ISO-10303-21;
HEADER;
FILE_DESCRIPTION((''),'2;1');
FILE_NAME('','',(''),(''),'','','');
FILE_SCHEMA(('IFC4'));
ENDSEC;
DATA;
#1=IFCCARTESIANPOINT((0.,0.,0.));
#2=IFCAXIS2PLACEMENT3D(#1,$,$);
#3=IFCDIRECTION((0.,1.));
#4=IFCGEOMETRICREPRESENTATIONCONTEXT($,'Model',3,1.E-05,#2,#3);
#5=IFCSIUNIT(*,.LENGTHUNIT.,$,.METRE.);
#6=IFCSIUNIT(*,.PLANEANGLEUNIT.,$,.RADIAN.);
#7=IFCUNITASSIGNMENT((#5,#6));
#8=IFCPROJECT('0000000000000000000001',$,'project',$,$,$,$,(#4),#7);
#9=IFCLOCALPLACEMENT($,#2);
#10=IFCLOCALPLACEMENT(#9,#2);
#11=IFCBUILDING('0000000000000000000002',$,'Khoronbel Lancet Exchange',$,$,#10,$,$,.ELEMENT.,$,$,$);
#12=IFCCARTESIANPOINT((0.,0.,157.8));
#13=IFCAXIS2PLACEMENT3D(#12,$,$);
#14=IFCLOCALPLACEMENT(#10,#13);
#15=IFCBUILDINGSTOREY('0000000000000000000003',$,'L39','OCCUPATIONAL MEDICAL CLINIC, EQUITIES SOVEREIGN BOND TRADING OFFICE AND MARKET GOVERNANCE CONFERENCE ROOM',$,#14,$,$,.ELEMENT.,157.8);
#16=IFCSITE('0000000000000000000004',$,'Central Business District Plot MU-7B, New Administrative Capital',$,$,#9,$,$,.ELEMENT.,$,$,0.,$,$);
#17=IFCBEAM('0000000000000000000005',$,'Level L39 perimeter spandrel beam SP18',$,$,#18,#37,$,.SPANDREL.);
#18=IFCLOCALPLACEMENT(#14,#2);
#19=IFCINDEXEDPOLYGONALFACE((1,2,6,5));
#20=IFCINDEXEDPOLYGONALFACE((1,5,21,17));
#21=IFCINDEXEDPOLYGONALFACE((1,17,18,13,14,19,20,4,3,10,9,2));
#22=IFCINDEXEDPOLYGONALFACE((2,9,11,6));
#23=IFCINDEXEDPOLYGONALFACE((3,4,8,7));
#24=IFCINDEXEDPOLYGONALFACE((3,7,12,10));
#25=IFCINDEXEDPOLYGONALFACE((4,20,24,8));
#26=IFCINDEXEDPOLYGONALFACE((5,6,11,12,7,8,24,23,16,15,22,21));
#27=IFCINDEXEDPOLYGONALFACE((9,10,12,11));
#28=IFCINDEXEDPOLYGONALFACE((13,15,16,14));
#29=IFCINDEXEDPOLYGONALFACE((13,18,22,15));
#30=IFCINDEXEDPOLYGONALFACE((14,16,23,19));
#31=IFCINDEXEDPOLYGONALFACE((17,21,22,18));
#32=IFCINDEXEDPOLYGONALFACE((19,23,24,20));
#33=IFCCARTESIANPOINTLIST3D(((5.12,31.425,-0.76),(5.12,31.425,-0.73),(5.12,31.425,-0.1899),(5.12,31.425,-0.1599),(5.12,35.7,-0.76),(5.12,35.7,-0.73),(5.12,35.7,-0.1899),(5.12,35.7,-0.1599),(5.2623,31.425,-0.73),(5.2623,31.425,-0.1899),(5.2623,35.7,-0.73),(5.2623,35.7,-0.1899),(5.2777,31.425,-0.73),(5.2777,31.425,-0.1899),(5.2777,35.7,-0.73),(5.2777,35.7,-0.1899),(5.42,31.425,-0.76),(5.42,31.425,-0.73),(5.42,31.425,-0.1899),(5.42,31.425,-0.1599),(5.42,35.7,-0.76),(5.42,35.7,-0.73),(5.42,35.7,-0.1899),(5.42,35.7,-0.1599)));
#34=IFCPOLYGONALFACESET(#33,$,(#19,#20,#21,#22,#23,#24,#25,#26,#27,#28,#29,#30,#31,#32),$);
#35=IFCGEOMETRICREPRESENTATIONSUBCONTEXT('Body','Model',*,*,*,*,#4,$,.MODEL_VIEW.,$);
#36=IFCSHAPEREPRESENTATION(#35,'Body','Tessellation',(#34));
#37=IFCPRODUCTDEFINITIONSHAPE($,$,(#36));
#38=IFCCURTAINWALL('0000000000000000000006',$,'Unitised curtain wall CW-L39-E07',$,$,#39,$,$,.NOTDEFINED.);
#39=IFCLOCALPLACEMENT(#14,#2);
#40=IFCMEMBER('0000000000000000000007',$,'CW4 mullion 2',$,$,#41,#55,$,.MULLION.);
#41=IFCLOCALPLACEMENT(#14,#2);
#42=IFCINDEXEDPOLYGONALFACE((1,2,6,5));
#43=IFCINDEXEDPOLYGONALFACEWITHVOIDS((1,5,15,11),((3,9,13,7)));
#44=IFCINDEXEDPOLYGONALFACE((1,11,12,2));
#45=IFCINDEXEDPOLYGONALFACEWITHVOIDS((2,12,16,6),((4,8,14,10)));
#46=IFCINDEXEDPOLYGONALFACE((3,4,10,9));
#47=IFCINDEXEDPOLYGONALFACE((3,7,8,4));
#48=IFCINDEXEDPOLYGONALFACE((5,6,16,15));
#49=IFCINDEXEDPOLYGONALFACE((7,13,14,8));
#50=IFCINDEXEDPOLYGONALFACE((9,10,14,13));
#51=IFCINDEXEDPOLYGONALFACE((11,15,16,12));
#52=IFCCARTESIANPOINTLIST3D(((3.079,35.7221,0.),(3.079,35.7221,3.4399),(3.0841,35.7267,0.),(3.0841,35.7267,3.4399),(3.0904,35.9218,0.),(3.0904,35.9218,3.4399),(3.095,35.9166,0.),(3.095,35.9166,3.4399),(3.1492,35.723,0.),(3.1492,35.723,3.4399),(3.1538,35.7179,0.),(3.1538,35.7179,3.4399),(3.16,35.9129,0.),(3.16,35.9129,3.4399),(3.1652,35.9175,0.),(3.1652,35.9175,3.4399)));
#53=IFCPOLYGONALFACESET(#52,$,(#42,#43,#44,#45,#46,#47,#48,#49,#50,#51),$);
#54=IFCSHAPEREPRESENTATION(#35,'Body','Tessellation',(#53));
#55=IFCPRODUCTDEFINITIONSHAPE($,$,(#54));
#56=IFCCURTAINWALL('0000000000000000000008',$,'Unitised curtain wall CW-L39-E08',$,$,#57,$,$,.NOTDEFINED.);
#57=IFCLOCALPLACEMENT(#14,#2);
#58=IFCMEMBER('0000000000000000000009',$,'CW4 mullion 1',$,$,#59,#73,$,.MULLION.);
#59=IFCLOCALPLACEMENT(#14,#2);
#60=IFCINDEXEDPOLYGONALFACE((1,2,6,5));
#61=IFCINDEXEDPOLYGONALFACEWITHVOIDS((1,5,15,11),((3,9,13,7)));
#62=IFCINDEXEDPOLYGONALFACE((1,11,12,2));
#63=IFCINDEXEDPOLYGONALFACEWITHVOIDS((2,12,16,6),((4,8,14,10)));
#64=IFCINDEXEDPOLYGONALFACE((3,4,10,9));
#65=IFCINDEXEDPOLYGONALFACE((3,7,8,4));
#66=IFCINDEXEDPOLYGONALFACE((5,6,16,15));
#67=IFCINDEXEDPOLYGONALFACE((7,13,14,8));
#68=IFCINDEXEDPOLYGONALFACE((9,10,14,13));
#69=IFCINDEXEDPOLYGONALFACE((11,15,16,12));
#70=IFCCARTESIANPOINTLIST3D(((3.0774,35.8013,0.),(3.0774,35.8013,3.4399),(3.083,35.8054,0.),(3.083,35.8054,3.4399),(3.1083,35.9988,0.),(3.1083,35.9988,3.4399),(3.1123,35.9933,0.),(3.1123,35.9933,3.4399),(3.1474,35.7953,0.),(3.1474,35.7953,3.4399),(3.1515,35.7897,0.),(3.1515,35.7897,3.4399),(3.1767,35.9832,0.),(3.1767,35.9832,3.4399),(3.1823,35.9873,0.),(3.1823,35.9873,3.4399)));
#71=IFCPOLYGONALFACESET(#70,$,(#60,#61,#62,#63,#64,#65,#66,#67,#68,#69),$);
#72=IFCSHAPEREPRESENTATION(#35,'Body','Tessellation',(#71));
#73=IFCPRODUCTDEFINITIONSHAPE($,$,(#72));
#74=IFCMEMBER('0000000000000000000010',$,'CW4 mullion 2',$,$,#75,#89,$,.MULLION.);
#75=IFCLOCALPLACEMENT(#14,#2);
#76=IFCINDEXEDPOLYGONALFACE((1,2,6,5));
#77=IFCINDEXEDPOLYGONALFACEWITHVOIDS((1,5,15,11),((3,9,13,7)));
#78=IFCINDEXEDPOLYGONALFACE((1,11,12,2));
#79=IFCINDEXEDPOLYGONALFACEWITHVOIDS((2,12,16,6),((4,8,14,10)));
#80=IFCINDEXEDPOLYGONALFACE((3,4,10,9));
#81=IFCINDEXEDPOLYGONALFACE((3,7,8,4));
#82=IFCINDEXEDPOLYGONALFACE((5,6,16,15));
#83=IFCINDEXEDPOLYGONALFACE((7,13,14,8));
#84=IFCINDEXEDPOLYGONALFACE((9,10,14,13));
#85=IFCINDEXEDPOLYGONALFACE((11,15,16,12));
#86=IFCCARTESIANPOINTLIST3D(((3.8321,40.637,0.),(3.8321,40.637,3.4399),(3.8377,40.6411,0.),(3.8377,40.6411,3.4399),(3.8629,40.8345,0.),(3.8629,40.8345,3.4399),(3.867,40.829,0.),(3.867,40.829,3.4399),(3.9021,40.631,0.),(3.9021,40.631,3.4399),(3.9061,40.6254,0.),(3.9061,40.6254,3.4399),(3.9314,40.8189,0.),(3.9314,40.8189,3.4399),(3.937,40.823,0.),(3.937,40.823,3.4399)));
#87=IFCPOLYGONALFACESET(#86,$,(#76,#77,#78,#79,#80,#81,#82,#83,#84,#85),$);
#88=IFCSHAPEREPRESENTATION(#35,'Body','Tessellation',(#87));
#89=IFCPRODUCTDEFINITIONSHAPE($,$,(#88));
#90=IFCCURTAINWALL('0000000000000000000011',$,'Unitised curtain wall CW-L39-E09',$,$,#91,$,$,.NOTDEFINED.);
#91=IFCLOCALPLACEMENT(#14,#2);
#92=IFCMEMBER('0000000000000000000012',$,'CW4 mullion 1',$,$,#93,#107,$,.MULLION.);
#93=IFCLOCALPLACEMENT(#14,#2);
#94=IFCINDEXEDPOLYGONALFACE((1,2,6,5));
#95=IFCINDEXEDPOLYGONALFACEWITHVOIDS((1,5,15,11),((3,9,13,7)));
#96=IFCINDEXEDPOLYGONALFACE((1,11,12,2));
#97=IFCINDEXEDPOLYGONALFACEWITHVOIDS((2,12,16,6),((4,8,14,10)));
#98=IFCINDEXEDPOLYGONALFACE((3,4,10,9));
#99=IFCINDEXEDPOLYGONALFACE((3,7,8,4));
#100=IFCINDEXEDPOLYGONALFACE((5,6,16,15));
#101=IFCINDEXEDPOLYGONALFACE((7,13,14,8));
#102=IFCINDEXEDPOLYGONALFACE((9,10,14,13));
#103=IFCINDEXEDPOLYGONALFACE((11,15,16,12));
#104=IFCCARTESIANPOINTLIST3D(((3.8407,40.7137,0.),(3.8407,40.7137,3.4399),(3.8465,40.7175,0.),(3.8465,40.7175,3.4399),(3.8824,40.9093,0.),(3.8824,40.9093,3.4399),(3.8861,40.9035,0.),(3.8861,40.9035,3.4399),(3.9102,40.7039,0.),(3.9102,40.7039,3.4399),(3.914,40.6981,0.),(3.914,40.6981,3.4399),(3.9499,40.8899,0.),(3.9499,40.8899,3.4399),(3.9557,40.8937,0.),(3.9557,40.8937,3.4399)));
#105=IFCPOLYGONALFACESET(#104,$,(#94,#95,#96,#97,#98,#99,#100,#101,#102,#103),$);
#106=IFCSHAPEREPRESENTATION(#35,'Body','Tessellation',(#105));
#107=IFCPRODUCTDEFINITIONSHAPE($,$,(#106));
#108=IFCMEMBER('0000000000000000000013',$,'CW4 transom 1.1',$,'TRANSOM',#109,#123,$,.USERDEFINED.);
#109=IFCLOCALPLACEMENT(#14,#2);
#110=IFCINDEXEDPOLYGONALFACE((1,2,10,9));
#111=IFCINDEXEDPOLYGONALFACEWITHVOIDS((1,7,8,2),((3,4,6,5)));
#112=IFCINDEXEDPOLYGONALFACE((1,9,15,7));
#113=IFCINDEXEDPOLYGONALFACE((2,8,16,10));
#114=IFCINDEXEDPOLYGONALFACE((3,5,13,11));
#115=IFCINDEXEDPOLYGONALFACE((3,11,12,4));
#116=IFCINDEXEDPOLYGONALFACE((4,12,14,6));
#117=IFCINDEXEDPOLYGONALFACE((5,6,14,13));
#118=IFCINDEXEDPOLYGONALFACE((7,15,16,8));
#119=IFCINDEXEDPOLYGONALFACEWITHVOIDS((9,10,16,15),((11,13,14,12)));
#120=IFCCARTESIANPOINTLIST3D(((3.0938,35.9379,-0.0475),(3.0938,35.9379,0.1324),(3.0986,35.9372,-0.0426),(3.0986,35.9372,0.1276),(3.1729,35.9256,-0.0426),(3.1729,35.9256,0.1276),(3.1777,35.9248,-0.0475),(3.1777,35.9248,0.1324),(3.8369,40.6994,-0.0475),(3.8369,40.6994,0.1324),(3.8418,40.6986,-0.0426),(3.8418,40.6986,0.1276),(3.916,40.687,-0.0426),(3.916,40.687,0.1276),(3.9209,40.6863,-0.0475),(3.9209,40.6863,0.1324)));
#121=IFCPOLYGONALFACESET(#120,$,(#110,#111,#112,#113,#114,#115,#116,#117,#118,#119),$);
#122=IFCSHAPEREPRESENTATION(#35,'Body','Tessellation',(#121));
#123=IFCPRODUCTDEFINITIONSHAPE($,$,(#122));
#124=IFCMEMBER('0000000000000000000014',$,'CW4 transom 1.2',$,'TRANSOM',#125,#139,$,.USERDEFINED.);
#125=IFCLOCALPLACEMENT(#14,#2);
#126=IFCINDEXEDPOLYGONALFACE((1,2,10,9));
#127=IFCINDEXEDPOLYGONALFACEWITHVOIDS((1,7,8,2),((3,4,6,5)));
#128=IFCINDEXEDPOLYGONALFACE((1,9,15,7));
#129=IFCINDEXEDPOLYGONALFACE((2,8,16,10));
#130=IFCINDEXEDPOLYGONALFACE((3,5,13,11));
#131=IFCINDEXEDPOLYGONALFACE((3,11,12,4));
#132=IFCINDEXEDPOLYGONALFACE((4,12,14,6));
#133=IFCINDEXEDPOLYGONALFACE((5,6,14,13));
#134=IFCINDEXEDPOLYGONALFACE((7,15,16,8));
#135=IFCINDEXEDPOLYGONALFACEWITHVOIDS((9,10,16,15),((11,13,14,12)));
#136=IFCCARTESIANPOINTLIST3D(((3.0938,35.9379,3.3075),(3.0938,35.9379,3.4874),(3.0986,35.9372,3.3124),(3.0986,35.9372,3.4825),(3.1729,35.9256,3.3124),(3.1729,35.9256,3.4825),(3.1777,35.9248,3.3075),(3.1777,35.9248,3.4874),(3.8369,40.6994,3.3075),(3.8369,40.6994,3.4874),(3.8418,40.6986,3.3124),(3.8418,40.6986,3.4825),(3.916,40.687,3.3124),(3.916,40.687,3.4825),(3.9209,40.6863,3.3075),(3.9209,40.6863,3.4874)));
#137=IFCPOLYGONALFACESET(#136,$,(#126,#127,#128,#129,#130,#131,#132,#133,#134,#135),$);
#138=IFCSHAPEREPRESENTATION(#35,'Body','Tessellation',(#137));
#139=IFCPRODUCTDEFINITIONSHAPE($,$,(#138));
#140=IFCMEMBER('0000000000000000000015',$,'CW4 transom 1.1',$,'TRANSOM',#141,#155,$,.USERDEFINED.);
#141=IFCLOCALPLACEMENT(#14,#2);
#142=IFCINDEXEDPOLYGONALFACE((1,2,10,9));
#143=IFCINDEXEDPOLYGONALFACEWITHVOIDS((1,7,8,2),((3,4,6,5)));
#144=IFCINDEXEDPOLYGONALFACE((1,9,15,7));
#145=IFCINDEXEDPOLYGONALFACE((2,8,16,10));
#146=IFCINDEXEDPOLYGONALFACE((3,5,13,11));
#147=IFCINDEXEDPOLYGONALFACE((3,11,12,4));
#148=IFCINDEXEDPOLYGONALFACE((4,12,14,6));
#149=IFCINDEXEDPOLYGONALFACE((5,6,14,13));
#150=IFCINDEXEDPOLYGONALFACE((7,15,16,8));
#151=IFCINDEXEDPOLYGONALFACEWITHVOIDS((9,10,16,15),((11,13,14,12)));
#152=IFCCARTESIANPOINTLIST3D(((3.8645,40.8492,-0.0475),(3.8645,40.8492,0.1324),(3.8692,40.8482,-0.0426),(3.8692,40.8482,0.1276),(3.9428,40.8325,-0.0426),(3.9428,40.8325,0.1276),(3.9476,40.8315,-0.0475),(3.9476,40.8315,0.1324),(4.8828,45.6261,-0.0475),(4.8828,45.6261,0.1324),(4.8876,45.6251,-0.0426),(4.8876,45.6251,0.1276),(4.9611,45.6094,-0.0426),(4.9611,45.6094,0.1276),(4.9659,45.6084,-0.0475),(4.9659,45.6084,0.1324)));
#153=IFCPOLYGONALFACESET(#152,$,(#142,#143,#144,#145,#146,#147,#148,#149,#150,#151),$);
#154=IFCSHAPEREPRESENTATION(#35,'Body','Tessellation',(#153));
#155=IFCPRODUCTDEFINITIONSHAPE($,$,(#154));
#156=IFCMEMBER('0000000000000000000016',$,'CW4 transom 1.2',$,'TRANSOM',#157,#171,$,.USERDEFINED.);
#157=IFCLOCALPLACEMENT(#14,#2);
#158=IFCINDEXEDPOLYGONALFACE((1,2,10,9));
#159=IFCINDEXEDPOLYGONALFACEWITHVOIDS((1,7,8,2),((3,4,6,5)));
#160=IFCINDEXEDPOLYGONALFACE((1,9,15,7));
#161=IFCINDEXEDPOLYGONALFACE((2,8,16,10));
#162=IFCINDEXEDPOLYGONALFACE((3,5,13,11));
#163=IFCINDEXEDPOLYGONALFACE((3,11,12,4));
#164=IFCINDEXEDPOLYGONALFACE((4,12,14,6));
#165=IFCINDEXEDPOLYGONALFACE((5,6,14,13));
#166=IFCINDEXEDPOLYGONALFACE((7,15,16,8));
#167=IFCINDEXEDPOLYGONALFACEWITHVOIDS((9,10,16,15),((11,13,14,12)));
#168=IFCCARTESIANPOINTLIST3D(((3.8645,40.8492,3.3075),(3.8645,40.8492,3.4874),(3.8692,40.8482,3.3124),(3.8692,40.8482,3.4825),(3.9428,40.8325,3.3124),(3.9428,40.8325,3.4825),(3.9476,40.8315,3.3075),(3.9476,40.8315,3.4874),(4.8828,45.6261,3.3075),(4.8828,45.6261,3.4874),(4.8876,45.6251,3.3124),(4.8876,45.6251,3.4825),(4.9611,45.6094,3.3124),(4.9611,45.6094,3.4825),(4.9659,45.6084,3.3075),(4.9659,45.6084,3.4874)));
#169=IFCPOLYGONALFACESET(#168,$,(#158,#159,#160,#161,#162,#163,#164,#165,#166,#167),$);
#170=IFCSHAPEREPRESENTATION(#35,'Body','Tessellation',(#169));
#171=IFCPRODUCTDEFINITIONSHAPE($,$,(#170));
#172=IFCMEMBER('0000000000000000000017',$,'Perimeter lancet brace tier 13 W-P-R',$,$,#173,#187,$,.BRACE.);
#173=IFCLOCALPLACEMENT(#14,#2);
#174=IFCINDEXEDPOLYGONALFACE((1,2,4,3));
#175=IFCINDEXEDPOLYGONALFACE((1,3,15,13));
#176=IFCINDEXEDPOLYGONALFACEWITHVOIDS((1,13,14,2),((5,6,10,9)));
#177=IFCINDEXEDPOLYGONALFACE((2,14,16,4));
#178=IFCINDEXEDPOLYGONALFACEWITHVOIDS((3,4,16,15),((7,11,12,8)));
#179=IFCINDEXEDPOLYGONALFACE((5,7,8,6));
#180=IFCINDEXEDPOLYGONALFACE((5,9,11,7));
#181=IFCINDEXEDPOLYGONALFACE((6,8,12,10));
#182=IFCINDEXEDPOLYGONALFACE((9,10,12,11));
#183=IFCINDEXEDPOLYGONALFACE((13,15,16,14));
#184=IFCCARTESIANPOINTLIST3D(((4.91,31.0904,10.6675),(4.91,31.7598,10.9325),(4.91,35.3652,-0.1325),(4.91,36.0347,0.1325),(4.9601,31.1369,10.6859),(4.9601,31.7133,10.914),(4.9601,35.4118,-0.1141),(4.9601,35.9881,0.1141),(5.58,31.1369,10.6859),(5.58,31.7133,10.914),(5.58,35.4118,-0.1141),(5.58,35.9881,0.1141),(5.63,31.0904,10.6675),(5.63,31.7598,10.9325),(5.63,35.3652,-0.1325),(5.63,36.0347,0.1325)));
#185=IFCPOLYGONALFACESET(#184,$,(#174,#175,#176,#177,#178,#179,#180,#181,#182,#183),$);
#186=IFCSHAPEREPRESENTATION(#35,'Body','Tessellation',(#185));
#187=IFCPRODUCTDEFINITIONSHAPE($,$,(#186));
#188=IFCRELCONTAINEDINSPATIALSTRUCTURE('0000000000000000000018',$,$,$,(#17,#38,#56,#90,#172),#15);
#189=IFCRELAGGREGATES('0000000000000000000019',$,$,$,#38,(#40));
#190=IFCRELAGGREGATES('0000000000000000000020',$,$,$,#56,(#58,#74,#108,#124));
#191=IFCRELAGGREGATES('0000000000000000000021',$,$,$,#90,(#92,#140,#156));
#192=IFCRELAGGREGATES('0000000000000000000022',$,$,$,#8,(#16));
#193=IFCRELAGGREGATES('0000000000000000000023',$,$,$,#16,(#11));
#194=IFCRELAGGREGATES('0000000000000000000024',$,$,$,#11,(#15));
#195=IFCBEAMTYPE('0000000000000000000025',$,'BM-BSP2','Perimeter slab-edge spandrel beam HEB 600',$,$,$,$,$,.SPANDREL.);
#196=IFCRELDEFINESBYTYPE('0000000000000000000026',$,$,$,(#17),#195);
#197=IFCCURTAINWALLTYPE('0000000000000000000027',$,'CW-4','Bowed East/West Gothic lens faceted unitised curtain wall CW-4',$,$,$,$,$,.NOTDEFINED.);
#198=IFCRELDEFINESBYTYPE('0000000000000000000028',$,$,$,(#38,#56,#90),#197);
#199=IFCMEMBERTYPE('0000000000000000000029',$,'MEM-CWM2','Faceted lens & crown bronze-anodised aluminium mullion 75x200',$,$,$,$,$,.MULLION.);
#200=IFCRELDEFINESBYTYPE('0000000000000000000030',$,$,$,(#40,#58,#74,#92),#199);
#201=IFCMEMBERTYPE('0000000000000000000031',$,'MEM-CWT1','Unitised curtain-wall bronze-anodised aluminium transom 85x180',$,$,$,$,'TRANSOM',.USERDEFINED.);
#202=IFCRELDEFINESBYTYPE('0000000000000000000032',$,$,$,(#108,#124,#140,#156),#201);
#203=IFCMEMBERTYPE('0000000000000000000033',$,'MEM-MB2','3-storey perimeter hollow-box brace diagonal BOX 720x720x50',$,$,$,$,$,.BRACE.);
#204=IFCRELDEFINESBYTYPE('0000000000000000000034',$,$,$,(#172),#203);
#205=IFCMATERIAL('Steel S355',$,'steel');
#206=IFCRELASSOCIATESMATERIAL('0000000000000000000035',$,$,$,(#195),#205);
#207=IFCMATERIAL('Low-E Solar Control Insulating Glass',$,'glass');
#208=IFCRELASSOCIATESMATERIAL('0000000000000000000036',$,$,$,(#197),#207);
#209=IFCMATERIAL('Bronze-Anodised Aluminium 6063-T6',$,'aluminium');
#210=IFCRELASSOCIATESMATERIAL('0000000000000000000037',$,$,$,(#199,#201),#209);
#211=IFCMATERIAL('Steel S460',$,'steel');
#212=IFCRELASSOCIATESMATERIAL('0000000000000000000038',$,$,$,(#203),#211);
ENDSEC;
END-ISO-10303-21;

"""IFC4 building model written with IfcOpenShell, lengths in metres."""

from ifc_helpers import new_model, si_unit, direction, frame, origin, origin_2d, place, context, subcontext, project, spatial, hollow_rectangle, i_section, extrude, material, material_profile, profile_set, type_object, element, aggregate, save


model = new_model("IFC4")

# Units and contexts
model_context = context("Model", 3, precision=1e-05, world=origin(), true_north=direction((0.0, 1.0)))
body_context = subcontext(model_context, "Body", "Model", "MODEL_VIEW")
ifc_project = project(units=[si_unit("LENGTHUNIT", "METRE"), si_unit("PLANEANGLEUNIT", "RADIAN")], contexts=[model_context])

# Site, building, storey
site_placement = place(None, origin())
site = spatial("IfcSite", under=ifc_project, at=site_placement, Name="Central Business District Plot MU-7B, New Administrative Capital", CompositionType="ELEMENT", RefElevation=0.0)
building_placement = place(site_placement, origin())
building = spatial("IfcBuilding", under=site, at=building_placement, Name="Khoronbel Lancet Exchange", CompositionType="ELEMENT")
storey_placement = place(building_placement, frame((0.0, 0.0, 157.8)))
storey = spatial("IfcBuildingStorey", under=building, at=storey_placement, Name="L39", Description="OCCUPATIONAL MEDICAL CLINIC, EQUITIES SOVEREIGN BOND TRADING OFFICE AND MARKET GOVERNANCE CONFERENCE ROOM", CompositionType="ELEMENT", Elevation=157.8)

# Shared definitions
ifc_material_1 = material(Name="Steel S460", Category="steel")
ifc_material_2 = material(Name="Steel S355", Category="steel")

# Beam
ifc_material_profile_1 = material_profile(ifc_material_2, i_section(OverallWidth=0.3, OverallDepth=0.6001, WebThickness=0.0154, FlangeThickness=0.03, at=origin_2d()), Name="HEB 600")
ifc_profile_set_1 = profile_set([ifc_material_profile_1], Name="Steel S355")
beam_type_1 = type_object("IfcBeamType", Name="BM-BSP2", Description="Perimeter slab-edge spandrel beam HEB 600", PredefinedType="SPANDREL", material=ifc_profile_set_1)
beam_1_placement = place(storey_placement, frame((5.27, 35.7, -0.46), z_axis=(0.0, -1.0, 0.0), x_axis=(1.0, 0.0, 0.0)))
element("IfcBeam", 1, at=beam_1_placement, inside=storey, type_object=beam_type_1, Name="Level L39 perimeter spandrel beam SP18", PredefinedType="SPANDREL", context=body_context, shape_type="SweptSolid", body=[
    extrude(i_section(OverallWidth=0.3, OverallDepth=0.6001, WebThickness=0.0154, FlangeThickness=0.03, at=origin_2d()), origin(), (0.0, 0.0, 1.0), 4.2749),
])

# Curtain wall, member
ifc_material_3 = material(Name="Low-E Solar Control Insulating Glass", Category="glass")
curtain_wall_type = type_object("IfcCurtainWallType", Name="CW-4", Description="Bowed East/West Gothic lens faceted unitised curtain wall CW-4", PredefinedType="NOTDEFINED", material=ifc_material_3)
curtain_wall_1_placement = place(storey_placement, origin())
curtain_wall_1 = element("IfcCurtainWall", 2, at=curtain_wall_1_placement, inside=storey, type_object=curtain_wall_type, Name="Unitised curtain wall CW-L39-E07", PredefinedType="NOTDEFINED")
ifc_material_4 = material(Name="Bronze-Anodised Aluminium 6063-T6", Category="aluminium")
ifc_material_profile_2 = material_profile(ifc_material_4, hollow_rectangle(XDim=0.075, YDim=0.2, WallThickness=0.0049, at=origin_2d()), Name="ALU MULLION 75x200")
ifc_profile_set_2 = profile_set([ifc_material_profile_2], Name="Bronze-Anodised Aluminium 6063-T6")
member_type_1 = type_object("IfcMemberType", Name="MEM-CWM2", Description="Faceted lens & crown bronze-anodised aluminium mullion 75x200", PredefinedType="MULLION", material=ifc_profile_set_2)
member_1_placement = place(storey_placement, frame((3.1221, 35.8198, 0.0), z_axis=(0.0, 0.0, 1.0), x_axis=(-0.998373, 0.057027, 0.0)))
member_1 = element("IfcMember", 3, at=member_1_placement, type_object=member_type_1, Name="CW4 mullion 2", PredefinedType="MULLION", context=body_context, shape_type="SweptSolid", body=[
    extrude(hollow_rectangle(XDim=0.075, YDim=0.2, WallThickness=0.0049, at=origin_2d()), origin(), (0.0, 0.0, 1.0), 3.4399),
])

# Curtain wall, members
curtain_wall_2_placement = place(storey_placement, origin())
curtain_wall_2 = element("IfcCurtainWall", 4, at=curtain_wall_2_placement, inside=storey, type_object=curtain_wall_type, Name="Unitised curtain wall CW-L39-E08", PredefinedType="NOTDEFINED")
member_2_placement = place(storey_placement, frame((3.1299, 35.8943, 0.0), z_axis=(0.0, 0.0, 1.0), x_axis=(-0.988041, 0.154189, 0.0)))
member_2 = element("IfcMember", 5, at=member_2_placement, type_object=member_type_1, Name="CW4 mullion 1", PredefinedType="MULLION", context=body_context, shape_type="SweptSolid", body=[
    extrude(hollow_rectangle(XDim=0.075, YDim=0.2, WallThickness=0.0049, at=origin_2d()), origin(), (0.0, 0.0, 1.0), 3.4399),
])
member_3_placement = place(storey_placement, frame((3.8845, 40.73, 0.0), z_axis=(0.0, 0.0, 1.0), x_axis=(-0.988041, 0.154189, 0.0)))
member_3 = element("IfcMember", 6, at=member_3_placement, type_object=member_type_1, Name="CW4 mullion 2", PredefinedType="MULLION", context=body_context, shape_type="SweptSolid", body=[
    extrude(hollow_rectangle(XDim=0.075, YDim=0.2, WallThickness=0.0049, at=origin_2d()), origin(), (0.0, 0.0, 1.0), 3.4399),
])

# Curtain wall, member
curtain_wall_3_placement = place(storey_placement, origin())
curtain_wall_3 = element("IfcCurtainWall", 7, at=curtain_wall_3_placement, inside=storey, type_object=curtain_wall_type, Name="Unitised curtain wall CW-L39-E09", PredefinedType="NOTDEFINED")
member_4_placement = place(storey_placement, frame((3.8982, 40.8037, 0.0), z_axis=(0.0, 0.0, 1.0), x_axis=(-0.978023, 0.208497, 0.0)))
member_4 = element("IfcMember", 8, at=member_4_placement, type_object=member_type_1, Name="CW4 mullion 1", PredefinedType="MULLION", context=body_context, shape_type="SweptSolid", body=[
    extrude(hollow_rectangle(XDim=0.075, YDim=0.2, WallThickness=0.0049, at=origin_2d()), origin(), (0.0, 0.0, 1.0), 3.4399),
])

# Members
ifc_material_profile_3 = material_profile(ifc_material_4, hollow_rectangle(XDim=0.085, YDim=0.1799, WallThickness=0.0049, at=origin_2d()), Name="ALU TRANSOM 85x180")
ifc_profile_set_3 = profile_set([ifc_material_profile_3], Name="Bronze-Anodised Aluminium 6063-T6")
member_type_2 = type_object("IfcMemberType", Name="MEM-CWT1", Description="Unitised curtain-wall bronze-anodised aluminium transom 85x180", ElementType="TRANSOM", PredefinedType="USERDEFINED", material=ifc_profile_set_3)
member_5_placement = place(storey_placement, frame((3.1357, 35.9314, 0.0425), z_axis=(0.154212, 0.988038, 0.0), x_axis=(-0.988038, 0.154212, 0.0)))
member_5 = element("IfcMember", 9, at=member_5_placement, type_object=member_type_2, Name="CW4 transom 1.1", ObjectType="TRANSOM", PredefinedType="USERDEFINED", context=body_context, shape_type="SweptSolid", body=[
    extrude(hollow_rectangle(XDim=0.085, YDim=0.1799, WallThickness=0.0049, at=origin_2d()), origin(), (0.0, 0.0, 1.0), 4.8191),
])
member_6_placement = place(storey_placement, frame((3.1357, 35.9314, 3.3975), z_axis=(0.154212, 0.988038, 0.0), x_axis=(-0.988038, 0.154212, 0.0)))
member_6 = element("IfcMember", 10, at=member_6_placement, type_object=member_type_2, Name="CW4 transom 1.2", ObjectType="TRANSOM", PredefinedType="USERDEFINED", context=body_context, shape_type="SweptSolid", body=[
    extrude(hollow_rectangle(XDim=0.085, YDim=0.1799, WallThickness=0.0049, at=origin_2d()), origin(), (0.0, 0.0, 1.0), 4.8191),
])
member_7_placement = place(storey_placement, frame((3.906, 40.8403, 0.0425), z_axis=(0.208491, 0.978024, 0.0), x_axis=(-0.978024, 0.208491, 0.0)))
member_7 = element("IfcMember", 11, at=member_7_placement, type_object=member_type_2, Name="CW4 transom 1.1", ObjectType="TRANSOM", PredefinedType="USERDEFINED", context=body_context, shape_type="SweptSolid", body=[
    extrude(hollow_rectangle(XDim=0.085, YDim=0.1799, WallThickness=0.0049, at=origin_2d()), origin(), (0.0, 0.0, 1.0), 4.8843),
])
member_8_placement = place(storey_placement, frame((3.906, 40.8403, 3.3975), z_axis=(0.208491, 0.978024, 0.0), x_axis=(-0.978024, 0.208491, 0.0)))
member_8 = element("IfcMember", 12, at=member_8_placement, type_object=member_type_2, Name="CW4 transom 1.2", ObjectType="TRANSOM", PredefinedType="USERDEFINED", context=body_context, shape_type="SweptSolid", body=[
    extrude(hollow_rectangle(XDim=0.085, YDim=0.1799, WallThickness=0.0049, at=origin_2d()), origin(), (0.0, 0.0, 1.0), 4.8843),
])
ifc_material_profile_4 = material_profile(ifc_material_1, hollow_rectangle(XDim=0.72, YDim=0.72, WallThickness=0.05, at=origin_2d()), Name="BOX 720x720x50")
ifc_profile_set_4 = profile_set([ifc_material_profile_4], Name="Steel S460")
member_type_3 = type_object("IfcMemberType", Name="MEM-MB2", Description="3-storey perimeter hollow-box brace diagonal BOX 720x720x50", PredefinedType="BRACE", material=ifc_profile_set_4)
member_9_placement = place(storey_placement, frame((5.27, 35.7, 0.0), z_axis=(0.0, -0.36804, 0.92981), x_axis=(1.0, 0.0, 0.0)))
element("IfcMember", 13, at=member_9_placement, inside=storey, type_object=member_type_3, Name="Perimeter lancet brace tier 13 W-P-R", PredefinedType="BRACE", context=body_context, shape_type="SweptSolid", body=[
    extrude(hollow_rectangle(XDim=0.72, YDim=0.72, WallThickness=0.05, at=origin_2d()), origin(), (0.0, 0.0, 1.0), 11.6152),
])

aggregate(curtain_wall_1, [member_1])
aggregate(curtain_wall_2, [member_2, member_3, member_5, member_6])
aggregate(curtain_wall_3, [member_4, member_7, member_8])

save(model, "model.ifc")
